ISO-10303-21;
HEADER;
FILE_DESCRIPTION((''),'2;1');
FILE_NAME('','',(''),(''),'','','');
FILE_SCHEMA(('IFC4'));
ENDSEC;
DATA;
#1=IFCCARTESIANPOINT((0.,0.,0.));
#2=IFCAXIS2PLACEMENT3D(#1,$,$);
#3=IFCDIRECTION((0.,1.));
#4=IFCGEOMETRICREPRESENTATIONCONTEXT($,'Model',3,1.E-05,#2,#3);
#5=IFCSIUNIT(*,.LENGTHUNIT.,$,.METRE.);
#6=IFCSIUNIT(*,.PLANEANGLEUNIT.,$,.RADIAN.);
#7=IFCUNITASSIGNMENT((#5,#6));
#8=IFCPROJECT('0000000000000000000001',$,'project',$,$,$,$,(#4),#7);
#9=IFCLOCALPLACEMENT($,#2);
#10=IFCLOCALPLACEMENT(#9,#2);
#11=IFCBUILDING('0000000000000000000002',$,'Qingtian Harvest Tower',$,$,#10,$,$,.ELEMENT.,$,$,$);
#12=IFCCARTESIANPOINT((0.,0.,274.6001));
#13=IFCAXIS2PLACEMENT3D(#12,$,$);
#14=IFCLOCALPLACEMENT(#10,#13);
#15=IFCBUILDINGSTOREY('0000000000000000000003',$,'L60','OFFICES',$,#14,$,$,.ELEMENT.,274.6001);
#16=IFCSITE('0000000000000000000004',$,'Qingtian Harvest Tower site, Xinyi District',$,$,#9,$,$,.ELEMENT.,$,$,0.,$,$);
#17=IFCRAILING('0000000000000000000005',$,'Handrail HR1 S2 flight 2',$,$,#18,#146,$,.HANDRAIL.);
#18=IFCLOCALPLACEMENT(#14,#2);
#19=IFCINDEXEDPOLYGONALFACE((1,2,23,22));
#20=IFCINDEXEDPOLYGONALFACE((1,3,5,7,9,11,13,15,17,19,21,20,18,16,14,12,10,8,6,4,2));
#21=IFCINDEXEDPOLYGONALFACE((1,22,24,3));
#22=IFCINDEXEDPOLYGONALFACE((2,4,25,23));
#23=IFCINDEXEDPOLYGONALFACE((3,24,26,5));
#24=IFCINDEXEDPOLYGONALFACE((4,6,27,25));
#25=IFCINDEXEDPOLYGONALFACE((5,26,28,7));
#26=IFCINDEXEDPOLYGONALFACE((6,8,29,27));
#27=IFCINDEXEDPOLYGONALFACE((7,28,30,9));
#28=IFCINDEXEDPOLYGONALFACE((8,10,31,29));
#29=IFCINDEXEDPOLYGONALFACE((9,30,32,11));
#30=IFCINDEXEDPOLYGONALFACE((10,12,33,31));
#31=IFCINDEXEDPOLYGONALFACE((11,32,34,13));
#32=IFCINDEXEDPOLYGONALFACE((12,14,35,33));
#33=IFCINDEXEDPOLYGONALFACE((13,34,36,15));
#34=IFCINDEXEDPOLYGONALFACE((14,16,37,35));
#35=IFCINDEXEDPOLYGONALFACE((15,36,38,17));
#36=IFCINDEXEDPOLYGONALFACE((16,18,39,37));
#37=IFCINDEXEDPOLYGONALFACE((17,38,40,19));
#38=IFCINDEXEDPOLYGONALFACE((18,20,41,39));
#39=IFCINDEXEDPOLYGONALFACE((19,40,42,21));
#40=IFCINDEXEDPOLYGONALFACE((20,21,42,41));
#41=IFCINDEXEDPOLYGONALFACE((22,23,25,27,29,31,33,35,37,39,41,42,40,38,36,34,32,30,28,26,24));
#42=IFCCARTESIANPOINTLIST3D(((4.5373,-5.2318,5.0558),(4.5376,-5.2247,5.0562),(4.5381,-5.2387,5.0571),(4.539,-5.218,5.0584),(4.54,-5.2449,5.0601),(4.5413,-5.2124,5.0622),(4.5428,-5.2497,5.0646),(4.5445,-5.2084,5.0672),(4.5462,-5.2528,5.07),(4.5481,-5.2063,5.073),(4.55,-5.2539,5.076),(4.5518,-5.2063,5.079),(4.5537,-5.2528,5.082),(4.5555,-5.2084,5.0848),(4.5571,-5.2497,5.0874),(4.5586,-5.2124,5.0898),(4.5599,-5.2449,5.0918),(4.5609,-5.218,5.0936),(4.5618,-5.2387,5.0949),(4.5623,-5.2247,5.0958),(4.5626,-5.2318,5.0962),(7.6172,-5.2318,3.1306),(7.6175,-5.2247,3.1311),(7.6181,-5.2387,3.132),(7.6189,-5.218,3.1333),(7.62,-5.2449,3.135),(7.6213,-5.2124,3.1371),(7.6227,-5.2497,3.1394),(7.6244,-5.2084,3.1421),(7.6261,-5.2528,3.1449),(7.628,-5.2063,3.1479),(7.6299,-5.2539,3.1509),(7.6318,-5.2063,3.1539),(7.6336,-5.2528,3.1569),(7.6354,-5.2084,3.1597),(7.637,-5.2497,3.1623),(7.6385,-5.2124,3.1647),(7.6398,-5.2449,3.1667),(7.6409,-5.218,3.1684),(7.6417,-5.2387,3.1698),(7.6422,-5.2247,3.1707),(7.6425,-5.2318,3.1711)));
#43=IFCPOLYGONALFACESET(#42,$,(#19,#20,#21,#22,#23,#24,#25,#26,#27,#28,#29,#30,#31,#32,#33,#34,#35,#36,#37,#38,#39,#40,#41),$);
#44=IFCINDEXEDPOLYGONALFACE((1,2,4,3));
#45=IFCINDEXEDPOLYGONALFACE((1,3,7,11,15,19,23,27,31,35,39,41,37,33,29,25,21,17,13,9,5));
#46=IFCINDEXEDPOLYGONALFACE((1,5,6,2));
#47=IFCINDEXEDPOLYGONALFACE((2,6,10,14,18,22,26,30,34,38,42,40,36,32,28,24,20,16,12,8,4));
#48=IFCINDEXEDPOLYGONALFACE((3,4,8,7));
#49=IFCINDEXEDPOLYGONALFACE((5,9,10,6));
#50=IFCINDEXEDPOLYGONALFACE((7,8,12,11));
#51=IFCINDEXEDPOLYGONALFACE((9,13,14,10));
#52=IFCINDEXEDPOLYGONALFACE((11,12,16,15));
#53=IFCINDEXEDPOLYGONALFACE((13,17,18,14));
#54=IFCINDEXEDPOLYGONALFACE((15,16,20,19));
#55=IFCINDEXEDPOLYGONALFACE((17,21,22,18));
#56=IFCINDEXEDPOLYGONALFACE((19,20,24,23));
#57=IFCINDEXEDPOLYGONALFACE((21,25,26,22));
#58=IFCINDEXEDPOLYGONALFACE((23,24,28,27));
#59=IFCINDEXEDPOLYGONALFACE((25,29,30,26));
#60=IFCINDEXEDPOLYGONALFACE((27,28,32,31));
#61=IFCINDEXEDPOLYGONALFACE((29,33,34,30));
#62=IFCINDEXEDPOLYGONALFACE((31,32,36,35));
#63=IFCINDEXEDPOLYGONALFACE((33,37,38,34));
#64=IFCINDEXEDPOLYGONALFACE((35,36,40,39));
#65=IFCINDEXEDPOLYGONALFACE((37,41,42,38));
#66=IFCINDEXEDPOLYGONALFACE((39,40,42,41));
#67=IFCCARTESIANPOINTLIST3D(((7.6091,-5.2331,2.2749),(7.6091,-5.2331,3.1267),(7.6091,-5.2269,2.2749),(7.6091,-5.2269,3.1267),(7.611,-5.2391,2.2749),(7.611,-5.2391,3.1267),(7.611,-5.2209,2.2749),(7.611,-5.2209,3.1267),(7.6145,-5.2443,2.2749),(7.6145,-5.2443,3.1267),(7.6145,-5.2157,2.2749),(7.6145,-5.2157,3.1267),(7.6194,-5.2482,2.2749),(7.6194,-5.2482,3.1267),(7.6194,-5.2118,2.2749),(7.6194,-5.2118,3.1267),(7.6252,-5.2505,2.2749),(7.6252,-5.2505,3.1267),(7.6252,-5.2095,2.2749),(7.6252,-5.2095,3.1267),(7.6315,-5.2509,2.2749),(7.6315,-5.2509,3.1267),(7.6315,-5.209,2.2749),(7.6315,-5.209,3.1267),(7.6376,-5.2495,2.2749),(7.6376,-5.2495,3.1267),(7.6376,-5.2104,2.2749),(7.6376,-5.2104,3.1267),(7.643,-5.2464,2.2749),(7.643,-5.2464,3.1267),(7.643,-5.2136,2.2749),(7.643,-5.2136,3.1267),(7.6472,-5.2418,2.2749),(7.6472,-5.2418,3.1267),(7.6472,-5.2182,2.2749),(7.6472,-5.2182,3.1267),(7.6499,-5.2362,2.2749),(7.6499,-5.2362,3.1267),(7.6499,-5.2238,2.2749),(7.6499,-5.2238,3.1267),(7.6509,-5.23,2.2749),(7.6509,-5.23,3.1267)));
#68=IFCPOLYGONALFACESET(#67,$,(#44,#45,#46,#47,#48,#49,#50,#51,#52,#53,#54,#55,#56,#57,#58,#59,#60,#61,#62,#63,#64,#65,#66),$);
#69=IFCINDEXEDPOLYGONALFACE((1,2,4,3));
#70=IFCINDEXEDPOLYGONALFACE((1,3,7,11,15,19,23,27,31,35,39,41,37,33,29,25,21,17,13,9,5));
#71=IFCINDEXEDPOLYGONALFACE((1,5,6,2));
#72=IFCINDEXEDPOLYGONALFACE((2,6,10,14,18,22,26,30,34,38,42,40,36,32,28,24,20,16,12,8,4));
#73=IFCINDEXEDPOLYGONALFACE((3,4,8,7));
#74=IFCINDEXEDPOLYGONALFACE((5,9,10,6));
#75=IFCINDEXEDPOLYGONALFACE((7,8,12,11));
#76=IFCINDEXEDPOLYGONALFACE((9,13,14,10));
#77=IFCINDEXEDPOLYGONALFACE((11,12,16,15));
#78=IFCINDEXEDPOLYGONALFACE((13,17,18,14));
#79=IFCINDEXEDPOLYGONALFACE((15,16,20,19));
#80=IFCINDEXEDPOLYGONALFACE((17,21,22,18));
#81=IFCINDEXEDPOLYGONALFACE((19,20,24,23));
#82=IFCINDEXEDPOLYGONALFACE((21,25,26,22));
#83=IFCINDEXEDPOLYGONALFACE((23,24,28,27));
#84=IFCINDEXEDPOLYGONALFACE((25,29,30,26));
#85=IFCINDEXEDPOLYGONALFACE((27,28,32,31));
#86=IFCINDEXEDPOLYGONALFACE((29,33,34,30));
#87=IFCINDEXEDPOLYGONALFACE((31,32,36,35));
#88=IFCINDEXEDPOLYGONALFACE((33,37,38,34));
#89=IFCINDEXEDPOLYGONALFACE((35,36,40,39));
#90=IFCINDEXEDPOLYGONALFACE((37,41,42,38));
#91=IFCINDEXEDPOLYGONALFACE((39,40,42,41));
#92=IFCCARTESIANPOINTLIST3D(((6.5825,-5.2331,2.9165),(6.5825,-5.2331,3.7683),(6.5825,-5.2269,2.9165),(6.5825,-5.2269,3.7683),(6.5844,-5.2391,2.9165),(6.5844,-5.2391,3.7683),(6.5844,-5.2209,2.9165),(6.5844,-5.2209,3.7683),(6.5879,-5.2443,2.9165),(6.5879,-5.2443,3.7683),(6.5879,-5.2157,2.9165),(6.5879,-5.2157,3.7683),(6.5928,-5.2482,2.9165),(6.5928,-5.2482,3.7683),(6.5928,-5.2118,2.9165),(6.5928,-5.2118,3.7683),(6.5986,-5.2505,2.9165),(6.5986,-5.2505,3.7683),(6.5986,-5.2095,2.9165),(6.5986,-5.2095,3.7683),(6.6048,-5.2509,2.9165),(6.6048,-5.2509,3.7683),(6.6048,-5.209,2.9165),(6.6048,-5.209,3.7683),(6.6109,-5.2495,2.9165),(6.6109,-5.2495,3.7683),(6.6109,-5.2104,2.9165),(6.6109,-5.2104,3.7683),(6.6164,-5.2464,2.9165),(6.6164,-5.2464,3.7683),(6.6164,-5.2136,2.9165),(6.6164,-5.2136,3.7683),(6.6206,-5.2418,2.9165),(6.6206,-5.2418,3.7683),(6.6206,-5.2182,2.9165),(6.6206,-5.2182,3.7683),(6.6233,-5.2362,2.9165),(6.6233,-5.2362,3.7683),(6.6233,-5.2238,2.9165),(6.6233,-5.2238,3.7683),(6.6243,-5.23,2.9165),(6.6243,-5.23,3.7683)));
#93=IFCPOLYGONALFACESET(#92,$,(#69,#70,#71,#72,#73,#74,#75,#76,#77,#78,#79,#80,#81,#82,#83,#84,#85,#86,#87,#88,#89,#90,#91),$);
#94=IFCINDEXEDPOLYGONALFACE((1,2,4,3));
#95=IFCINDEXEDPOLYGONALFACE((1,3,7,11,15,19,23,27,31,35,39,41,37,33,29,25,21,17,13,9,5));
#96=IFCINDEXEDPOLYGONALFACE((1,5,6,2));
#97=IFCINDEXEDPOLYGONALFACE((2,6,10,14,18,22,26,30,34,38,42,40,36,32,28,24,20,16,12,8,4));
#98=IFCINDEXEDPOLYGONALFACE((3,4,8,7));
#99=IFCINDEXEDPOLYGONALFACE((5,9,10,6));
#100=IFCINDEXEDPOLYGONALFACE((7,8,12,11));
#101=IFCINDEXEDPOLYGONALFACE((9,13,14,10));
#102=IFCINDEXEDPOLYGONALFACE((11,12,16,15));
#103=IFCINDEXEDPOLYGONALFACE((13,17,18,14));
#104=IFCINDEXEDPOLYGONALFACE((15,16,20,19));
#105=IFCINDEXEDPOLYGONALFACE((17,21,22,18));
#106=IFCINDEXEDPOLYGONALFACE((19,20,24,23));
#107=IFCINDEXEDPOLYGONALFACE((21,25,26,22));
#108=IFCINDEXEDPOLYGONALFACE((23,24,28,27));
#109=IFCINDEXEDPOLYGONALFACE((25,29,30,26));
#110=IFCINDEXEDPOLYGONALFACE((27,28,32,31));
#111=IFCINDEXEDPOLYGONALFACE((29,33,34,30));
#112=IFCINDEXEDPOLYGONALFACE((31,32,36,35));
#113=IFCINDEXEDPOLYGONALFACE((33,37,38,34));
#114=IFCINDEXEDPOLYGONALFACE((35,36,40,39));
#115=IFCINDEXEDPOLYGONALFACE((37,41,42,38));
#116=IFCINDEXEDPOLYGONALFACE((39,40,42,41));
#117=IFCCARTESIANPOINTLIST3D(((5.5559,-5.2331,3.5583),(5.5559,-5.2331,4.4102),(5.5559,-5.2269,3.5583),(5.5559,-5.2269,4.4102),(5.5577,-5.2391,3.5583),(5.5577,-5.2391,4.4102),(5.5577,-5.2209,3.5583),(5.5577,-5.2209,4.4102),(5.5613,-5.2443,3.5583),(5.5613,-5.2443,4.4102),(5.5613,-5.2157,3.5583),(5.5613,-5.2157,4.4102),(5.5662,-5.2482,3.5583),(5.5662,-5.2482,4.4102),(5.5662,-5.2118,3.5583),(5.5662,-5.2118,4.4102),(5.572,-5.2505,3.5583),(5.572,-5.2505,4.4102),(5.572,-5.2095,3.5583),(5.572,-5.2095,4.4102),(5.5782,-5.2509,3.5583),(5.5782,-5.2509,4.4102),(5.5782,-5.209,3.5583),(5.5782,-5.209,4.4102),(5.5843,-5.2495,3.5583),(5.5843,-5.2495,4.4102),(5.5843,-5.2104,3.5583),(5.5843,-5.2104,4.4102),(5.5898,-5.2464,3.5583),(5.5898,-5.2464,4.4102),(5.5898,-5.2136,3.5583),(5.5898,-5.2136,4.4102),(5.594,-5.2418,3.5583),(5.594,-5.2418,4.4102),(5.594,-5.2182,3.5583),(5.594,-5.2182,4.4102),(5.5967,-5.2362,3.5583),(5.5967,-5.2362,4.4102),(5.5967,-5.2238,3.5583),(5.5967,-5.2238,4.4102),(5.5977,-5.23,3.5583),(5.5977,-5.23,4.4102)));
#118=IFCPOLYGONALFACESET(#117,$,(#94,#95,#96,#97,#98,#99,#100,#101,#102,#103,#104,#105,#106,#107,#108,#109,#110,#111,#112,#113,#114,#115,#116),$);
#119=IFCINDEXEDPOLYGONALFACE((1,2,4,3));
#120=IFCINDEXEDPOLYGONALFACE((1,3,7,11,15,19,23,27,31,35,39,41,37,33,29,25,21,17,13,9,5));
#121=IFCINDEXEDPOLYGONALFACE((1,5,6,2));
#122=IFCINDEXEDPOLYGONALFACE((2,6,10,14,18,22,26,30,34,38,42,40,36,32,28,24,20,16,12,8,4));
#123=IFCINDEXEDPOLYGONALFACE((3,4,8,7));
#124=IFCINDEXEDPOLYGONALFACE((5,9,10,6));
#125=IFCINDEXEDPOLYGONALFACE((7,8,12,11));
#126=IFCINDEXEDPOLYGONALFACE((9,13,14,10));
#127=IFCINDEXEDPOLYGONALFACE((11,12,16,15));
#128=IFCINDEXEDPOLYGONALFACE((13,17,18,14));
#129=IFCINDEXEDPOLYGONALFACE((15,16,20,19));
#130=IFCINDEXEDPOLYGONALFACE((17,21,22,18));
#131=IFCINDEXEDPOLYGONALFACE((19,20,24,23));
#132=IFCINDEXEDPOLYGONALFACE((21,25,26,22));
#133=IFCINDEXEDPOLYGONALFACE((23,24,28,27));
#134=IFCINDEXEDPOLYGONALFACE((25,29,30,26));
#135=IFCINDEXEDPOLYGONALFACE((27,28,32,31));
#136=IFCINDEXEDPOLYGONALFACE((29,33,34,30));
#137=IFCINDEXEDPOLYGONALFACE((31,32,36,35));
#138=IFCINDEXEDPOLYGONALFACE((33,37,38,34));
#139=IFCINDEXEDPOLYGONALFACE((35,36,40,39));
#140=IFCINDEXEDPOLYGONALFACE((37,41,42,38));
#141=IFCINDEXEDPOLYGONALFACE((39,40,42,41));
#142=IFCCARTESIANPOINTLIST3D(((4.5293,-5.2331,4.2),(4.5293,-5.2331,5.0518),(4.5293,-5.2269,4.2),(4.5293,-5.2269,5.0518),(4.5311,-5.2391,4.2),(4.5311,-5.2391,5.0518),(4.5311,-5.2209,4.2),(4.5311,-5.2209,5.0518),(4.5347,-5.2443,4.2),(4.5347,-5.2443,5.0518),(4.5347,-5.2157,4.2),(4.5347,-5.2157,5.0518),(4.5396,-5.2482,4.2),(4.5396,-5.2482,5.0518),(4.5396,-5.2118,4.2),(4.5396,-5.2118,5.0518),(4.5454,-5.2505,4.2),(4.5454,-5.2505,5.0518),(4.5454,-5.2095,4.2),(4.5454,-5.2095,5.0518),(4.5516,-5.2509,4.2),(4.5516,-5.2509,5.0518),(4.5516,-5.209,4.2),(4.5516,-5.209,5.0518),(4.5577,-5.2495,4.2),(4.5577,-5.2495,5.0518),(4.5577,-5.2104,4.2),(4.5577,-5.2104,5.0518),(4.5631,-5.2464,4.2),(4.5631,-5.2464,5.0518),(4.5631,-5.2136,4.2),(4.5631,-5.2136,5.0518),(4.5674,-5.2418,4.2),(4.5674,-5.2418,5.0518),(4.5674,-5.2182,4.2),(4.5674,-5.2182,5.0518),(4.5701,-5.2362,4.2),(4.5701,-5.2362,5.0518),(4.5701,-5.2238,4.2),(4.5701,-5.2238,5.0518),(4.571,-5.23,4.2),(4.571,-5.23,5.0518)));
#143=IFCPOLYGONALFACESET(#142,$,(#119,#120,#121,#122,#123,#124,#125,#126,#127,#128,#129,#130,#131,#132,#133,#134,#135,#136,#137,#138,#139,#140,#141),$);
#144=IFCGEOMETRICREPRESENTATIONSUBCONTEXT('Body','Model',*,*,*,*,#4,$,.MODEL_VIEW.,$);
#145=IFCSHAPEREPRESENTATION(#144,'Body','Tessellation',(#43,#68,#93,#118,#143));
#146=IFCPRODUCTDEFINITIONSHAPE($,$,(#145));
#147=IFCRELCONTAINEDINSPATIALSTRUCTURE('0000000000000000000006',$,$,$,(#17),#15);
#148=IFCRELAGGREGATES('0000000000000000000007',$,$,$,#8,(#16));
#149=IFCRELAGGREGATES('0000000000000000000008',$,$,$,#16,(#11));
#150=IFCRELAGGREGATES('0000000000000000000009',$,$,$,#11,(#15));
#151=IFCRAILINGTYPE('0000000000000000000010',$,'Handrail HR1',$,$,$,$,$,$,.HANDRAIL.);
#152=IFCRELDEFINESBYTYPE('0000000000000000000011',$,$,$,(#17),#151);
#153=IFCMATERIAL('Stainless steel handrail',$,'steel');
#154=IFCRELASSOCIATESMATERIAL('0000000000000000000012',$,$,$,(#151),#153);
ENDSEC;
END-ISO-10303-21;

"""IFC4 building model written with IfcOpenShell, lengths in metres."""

from ifc_helpers import new_model, si_unit, direction, frame, origin, origin_2d, place, context, subcontext, project, spatial, circle, extrude, material, type_object, element, save


model = new_model("IFC4")

# Units and contexts
model_context = context("Model", 3, precision=1e-05, world=origin(), true_north=direction((0.0, 1.0)))
body_context = subcontext(model_context, "Body", "Model", "MODEL_VIEW")
ifc_project = project(units=[si_unit("LENGTHUNIT", "METRE"), si_unit("PLANEANGLEUNIT", "RADIAN")], contexts=[model_context])

# Site, building, storey
site_placement = place(None, origin())
site = spatial("IfcSite", under=ifc_project, at=site_placement, Name="Qingtian Harvest Tower site, Xinyi District", CompositionType="ELEMENT", RefElevation=0.0)
building_placement = place(site_placement, origin())
building = spatial("IfcBuilding", under=site, at=building_placement, Name="Qingtian Harvest Tower", CompositionType="ELEMENT")
storey_placement = place(building_placement, frame((0.0, 0.0, 274.6001)))
storey = spatial("IfcBuildingStorey", under=building, at=storey_placement, Name="L60", Description="OFFICES", CompositionType="ELEMENT", Elevation=274.6001)

# Railing
ifc_material_1 = material(Name="Stainless steel handrail", Category="steel")
railing_type = type_object("IfcRailingType", Name="Handrail HR1", PredefinedType="HANDRAIL", material=ifc_material_1)
railing_1_placement = place(storey_placement, frame((7.6299, -5.23, 2.2749)))
element("IfcRailing", 1, at=railing_1_placement, inside=storey, type_object=railing_type, Name="Handrail HR1 S2 flight 2", PredefinedType="HANDRAIL", context=body_context, shape_type="SweptSolid", body=[
    extrude(circle(Radius=0.0239, at=origin_2d()), frame((0.0, 0.0, 0.876), z_axis=(-0.847979, 0.0, 0.530029), x_axis=(0.0, -1.0, 0.0)), (0.0, 0.0, 1.0), 3.6321),
    extrude(circle(Radius=0.021, at=origin_2d()), origin(), (0.0, 0.0, 1.0), 0.8518),
    extrude(circle(Radius=0.021, at=origin_2d()), frame((-1.0266, 0.0, 0.6416)), (0.0, 0.0, 1.0), 0.8518),
    extrude(circle(Radius=0.021, at=origin_2d()), frame((-2.0532, 0.0, 1.2834)), (0.0, 0.0, 1.0), 0.8518),
    extrude(circle(Radius=0.021, at=origin_2d()), frame((-3.0798, 0.0, 1.925)), (0.0, 0.0, 1.0), 0.8518),
])

save(model, "model.ifc")
